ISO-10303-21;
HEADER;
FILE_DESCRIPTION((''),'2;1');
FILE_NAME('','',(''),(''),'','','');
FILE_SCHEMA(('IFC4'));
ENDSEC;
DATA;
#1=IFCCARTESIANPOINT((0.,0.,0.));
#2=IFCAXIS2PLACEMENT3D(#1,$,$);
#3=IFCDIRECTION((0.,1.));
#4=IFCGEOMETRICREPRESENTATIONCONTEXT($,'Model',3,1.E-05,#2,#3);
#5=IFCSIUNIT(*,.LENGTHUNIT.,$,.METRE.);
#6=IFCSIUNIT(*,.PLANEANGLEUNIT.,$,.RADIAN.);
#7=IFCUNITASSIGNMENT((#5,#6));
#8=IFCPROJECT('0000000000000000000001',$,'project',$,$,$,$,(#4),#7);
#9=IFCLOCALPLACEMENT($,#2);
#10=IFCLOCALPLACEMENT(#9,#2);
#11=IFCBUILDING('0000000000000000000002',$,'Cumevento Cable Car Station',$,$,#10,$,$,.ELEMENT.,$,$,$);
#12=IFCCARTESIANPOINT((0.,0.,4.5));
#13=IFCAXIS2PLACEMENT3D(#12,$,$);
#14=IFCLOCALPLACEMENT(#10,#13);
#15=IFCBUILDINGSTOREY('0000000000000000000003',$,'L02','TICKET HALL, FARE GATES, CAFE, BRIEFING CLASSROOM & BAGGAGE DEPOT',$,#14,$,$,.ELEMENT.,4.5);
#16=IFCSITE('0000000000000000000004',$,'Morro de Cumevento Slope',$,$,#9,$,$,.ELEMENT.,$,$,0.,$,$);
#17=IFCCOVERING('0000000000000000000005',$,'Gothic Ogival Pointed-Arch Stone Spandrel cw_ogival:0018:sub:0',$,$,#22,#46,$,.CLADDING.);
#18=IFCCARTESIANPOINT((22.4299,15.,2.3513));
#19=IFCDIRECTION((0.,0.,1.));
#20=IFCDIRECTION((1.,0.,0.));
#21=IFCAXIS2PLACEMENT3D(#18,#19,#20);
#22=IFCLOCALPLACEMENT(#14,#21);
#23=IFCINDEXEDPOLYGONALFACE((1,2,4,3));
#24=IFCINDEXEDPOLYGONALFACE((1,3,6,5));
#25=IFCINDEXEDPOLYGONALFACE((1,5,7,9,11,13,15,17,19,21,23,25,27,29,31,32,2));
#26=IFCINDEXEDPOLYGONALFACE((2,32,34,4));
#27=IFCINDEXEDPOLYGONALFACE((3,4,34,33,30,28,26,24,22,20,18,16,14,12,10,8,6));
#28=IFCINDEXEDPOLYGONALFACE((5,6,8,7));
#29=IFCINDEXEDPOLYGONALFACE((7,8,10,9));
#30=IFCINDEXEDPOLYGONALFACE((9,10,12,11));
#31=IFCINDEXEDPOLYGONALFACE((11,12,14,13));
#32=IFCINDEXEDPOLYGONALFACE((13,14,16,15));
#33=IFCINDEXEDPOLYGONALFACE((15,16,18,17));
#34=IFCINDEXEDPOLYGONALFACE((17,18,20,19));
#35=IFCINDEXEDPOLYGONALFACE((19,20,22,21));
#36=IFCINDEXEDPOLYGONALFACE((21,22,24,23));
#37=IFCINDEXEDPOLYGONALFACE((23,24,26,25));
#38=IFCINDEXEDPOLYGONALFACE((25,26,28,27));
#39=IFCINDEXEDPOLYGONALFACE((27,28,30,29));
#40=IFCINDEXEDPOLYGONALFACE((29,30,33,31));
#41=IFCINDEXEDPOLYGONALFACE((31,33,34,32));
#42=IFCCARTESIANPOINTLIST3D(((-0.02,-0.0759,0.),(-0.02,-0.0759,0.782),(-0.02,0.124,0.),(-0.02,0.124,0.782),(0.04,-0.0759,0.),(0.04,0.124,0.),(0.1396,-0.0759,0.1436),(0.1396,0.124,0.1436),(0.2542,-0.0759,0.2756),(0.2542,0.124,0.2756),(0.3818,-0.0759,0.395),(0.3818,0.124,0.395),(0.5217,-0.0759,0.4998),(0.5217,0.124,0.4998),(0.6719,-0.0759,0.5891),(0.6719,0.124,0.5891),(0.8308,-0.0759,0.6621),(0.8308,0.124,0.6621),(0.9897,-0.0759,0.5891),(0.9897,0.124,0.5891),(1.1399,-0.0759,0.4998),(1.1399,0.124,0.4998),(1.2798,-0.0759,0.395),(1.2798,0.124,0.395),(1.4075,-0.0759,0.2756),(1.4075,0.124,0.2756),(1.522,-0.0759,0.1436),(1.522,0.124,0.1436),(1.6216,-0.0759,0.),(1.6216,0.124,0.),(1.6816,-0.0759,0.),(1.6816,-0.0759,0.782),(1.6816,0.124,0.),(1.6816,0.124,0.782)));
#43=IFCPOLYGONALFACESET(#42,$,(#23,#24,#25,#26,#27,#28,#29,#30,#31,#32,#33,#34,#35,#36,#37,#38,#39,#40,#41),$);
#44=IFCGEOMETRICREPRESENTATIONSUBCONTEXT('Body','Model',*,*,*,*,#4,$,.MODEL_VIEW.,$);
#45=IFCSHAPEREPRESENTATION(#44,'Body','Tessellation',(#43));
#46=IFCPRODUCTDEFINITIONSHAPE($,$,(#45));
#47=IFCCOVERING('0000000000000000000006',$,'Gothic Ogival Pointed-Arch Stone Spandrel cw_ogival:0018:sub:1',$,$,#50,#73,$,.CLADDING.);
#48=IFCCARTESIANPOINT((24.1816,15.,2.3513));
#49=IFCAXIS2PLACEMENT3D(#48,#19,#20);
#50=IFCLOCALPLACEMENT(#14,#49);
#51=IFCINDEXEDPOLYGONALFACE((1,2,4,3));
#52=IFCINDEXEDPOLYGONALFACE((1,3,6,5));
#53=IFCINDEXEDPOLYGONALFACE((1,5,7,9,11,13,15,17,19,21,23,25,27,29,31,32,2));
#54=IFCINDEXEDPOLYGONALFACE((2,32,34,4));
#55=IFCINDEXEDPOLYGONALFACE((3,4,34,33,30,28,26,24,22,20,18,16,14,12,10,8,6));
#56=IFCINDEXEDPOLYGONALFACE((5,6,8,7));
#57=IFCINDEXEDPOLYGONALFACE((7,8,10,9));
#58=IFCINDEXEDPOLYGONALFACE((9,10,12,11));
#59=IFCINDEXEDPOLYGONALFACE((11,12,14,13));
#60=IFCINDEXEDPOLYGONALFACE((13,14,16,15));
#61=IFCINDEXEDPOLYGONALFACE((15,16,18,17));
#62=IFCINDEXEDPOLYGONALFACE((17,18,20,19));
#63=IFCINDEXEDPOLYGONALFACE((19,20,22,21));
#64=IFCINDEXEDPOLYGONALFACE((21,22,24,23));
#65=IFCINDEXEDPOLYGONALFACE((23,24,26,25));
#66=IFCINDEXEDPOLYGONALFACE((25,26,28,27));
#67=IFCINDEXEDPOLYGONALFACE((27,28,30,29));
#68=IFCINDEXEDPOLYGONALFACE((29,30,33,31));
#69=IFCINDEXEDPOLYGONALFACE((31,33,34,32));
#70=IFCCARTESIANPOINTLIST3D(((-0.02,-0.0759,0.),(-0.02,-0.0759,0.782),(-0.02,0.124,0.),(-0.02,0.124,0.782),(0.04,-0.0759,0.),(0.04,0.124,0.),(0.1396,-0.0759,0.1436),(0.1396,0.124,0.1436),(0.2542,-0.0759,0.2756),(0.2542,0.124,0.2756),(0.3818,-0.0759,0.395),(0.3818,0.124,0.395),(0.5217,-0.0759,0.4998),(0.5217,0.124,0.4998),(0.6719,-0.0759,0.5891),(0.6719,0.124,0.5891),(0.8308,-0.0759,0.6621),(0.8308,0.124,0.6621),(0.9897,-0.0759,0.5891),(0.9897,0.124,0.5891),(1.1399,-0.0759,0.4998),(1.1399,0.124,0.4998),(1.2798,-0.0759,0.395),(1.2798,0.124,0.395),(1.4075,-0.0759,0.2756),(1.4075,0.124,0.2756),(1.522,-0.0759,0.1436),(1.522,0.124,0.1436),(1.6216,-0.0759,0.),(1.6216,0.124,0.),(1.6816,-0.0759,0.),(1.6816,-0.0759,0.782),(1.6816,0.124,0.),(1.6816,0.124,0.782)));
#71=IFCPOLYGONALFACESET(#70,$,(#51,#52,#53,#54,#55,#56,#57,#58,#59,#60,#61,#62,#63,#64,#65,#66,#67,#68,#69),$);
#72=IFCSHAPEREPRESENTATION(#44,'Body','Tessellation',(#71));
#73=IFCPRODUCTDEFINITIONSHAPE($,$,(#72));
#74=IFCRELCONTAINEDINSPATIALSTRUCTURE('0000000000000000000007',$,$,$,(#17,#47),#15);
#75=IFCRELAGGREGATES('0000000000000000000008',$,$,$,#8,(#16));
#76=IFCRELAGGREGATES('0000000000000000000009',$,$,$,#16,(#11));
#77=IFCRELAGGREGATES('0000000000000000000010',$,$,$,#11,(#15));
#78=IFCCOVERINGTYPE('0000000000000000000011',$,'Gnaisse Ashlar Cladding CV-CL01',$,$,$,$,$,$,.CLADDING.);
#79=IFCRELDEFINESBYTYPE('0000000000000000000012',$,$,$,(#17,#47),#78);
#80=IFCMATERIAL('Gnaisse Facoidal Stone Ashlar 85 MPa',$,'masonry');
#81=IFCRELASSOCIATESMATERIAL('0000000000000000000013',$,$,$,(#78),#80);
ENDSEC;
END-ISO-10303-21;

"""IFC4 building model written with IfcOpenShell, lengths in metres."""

from ifc_helpers import new_model, si_unit, direction, frame, origin, place, context, subcontext, project, spatial, polyline, outline, extrude, material, type_object, element, save


model = new_model("IFC4")

# Units and contexts
model_context = context("Model", 3, precision=1e-05, world=origin(), true_north=direction((0.0, 1.0)))
body_context = subcontext(model_context, "Body", "Model", "MODEL_VIEW")
ifc_project = project(units=[si_unit("LENGTHUNIT", "METRE"), si_unit("PLANEANGLEUNIT", "RADIAN")], contexts=[model_context])

# Site, building, storey
site_placement = place(None, origin())
site = spatial("IfcSite", under=ifc_project, at=site_placement, Name="Morro de Cumevento Slope", CompositionType="ELEMENT", RefElevation=0.0)
building_placement = place(site_placement, origin())
building = spatial("IfcBuilding", under=site, at=building_placement, Name="Cumevento Cable Car Station", CompositionType="ELEMENT")
storey_placement = place(building_placement, frame((0.0, 0.0, 4.5)))
storey = spatial("IfcBuildingStorey", under=building, at=storey_placement, Name="L02", Description="TICKET HALL, FARE GATES, CAFE, BRIEFING CLASSROOM & BAGGAGE DEPOT", CompositionType="ELEMENT", Elevation=4.5)

# Coverings
ifc_material_1 = material(Name="Gnaisse Facoidal Stone Ashlar 85 MPa", Category="masonry")
covering_type = type_object("IfcCoveringType", Name="Gnaisse Ashlar Cladding CV-CL01", PredefinedType="CLADDING", material=ifc_material_1)
for number, where, z_axis, x_axis, name in (
    (1, (22.4299, 15.0, 2.3513), (0.0, 0.0, 1.0), (1.0, 0.0, 0.0), "Gothic Ogival Pointed-Arch Stone Spandrel cw_ogival:0018:sub:0"),
    (2, (24.1816, 15.0, 2.3513), (0.0, 0.0, 1.0), (1.0, 0.0, 0.0), "Gothic Ogival Pointed-Arch Stone Spandrel cw_ogival:0018:sub:1"),
):
    element("IfcCovering", number, at=place(storey_placement, frame(where, z_axis=z_axis, x_axis=x_axis)), inside=storey, type_object=covering_type, Name=name, PredefinedType="CLADDING", context=body_context, shape_type="SweptSolid", body=[
        extrude(outline(polyline([(-0.02, 0.0), (-0.02, 0.782), (1.6816, 0.782), (1.6816, 0.0), (1.6216, 0.0), (1.522, 0.1436), (1.4075, 0.2756), (1.2798, 0.395), (1.1399, 0.4998), (0.9897, 0.5891), (0.8308, 0.6621), (0.6719, 0.5891), (0.5217, 0.4998), (0.3818, 0.395), (0.2542, 0.2756), (0.1396, 0.1436), (0.04, 0.0), (-0.02, 0.0)])), frame((0.0, 0.124, 0.0), z_axis=(0.0, -1.0, 0.0), x_axis=(1.0, 0.0, 0.0)), (0.0, 0.0, 1.0), 0.2),
    ])

save(model, "model.ifc")
